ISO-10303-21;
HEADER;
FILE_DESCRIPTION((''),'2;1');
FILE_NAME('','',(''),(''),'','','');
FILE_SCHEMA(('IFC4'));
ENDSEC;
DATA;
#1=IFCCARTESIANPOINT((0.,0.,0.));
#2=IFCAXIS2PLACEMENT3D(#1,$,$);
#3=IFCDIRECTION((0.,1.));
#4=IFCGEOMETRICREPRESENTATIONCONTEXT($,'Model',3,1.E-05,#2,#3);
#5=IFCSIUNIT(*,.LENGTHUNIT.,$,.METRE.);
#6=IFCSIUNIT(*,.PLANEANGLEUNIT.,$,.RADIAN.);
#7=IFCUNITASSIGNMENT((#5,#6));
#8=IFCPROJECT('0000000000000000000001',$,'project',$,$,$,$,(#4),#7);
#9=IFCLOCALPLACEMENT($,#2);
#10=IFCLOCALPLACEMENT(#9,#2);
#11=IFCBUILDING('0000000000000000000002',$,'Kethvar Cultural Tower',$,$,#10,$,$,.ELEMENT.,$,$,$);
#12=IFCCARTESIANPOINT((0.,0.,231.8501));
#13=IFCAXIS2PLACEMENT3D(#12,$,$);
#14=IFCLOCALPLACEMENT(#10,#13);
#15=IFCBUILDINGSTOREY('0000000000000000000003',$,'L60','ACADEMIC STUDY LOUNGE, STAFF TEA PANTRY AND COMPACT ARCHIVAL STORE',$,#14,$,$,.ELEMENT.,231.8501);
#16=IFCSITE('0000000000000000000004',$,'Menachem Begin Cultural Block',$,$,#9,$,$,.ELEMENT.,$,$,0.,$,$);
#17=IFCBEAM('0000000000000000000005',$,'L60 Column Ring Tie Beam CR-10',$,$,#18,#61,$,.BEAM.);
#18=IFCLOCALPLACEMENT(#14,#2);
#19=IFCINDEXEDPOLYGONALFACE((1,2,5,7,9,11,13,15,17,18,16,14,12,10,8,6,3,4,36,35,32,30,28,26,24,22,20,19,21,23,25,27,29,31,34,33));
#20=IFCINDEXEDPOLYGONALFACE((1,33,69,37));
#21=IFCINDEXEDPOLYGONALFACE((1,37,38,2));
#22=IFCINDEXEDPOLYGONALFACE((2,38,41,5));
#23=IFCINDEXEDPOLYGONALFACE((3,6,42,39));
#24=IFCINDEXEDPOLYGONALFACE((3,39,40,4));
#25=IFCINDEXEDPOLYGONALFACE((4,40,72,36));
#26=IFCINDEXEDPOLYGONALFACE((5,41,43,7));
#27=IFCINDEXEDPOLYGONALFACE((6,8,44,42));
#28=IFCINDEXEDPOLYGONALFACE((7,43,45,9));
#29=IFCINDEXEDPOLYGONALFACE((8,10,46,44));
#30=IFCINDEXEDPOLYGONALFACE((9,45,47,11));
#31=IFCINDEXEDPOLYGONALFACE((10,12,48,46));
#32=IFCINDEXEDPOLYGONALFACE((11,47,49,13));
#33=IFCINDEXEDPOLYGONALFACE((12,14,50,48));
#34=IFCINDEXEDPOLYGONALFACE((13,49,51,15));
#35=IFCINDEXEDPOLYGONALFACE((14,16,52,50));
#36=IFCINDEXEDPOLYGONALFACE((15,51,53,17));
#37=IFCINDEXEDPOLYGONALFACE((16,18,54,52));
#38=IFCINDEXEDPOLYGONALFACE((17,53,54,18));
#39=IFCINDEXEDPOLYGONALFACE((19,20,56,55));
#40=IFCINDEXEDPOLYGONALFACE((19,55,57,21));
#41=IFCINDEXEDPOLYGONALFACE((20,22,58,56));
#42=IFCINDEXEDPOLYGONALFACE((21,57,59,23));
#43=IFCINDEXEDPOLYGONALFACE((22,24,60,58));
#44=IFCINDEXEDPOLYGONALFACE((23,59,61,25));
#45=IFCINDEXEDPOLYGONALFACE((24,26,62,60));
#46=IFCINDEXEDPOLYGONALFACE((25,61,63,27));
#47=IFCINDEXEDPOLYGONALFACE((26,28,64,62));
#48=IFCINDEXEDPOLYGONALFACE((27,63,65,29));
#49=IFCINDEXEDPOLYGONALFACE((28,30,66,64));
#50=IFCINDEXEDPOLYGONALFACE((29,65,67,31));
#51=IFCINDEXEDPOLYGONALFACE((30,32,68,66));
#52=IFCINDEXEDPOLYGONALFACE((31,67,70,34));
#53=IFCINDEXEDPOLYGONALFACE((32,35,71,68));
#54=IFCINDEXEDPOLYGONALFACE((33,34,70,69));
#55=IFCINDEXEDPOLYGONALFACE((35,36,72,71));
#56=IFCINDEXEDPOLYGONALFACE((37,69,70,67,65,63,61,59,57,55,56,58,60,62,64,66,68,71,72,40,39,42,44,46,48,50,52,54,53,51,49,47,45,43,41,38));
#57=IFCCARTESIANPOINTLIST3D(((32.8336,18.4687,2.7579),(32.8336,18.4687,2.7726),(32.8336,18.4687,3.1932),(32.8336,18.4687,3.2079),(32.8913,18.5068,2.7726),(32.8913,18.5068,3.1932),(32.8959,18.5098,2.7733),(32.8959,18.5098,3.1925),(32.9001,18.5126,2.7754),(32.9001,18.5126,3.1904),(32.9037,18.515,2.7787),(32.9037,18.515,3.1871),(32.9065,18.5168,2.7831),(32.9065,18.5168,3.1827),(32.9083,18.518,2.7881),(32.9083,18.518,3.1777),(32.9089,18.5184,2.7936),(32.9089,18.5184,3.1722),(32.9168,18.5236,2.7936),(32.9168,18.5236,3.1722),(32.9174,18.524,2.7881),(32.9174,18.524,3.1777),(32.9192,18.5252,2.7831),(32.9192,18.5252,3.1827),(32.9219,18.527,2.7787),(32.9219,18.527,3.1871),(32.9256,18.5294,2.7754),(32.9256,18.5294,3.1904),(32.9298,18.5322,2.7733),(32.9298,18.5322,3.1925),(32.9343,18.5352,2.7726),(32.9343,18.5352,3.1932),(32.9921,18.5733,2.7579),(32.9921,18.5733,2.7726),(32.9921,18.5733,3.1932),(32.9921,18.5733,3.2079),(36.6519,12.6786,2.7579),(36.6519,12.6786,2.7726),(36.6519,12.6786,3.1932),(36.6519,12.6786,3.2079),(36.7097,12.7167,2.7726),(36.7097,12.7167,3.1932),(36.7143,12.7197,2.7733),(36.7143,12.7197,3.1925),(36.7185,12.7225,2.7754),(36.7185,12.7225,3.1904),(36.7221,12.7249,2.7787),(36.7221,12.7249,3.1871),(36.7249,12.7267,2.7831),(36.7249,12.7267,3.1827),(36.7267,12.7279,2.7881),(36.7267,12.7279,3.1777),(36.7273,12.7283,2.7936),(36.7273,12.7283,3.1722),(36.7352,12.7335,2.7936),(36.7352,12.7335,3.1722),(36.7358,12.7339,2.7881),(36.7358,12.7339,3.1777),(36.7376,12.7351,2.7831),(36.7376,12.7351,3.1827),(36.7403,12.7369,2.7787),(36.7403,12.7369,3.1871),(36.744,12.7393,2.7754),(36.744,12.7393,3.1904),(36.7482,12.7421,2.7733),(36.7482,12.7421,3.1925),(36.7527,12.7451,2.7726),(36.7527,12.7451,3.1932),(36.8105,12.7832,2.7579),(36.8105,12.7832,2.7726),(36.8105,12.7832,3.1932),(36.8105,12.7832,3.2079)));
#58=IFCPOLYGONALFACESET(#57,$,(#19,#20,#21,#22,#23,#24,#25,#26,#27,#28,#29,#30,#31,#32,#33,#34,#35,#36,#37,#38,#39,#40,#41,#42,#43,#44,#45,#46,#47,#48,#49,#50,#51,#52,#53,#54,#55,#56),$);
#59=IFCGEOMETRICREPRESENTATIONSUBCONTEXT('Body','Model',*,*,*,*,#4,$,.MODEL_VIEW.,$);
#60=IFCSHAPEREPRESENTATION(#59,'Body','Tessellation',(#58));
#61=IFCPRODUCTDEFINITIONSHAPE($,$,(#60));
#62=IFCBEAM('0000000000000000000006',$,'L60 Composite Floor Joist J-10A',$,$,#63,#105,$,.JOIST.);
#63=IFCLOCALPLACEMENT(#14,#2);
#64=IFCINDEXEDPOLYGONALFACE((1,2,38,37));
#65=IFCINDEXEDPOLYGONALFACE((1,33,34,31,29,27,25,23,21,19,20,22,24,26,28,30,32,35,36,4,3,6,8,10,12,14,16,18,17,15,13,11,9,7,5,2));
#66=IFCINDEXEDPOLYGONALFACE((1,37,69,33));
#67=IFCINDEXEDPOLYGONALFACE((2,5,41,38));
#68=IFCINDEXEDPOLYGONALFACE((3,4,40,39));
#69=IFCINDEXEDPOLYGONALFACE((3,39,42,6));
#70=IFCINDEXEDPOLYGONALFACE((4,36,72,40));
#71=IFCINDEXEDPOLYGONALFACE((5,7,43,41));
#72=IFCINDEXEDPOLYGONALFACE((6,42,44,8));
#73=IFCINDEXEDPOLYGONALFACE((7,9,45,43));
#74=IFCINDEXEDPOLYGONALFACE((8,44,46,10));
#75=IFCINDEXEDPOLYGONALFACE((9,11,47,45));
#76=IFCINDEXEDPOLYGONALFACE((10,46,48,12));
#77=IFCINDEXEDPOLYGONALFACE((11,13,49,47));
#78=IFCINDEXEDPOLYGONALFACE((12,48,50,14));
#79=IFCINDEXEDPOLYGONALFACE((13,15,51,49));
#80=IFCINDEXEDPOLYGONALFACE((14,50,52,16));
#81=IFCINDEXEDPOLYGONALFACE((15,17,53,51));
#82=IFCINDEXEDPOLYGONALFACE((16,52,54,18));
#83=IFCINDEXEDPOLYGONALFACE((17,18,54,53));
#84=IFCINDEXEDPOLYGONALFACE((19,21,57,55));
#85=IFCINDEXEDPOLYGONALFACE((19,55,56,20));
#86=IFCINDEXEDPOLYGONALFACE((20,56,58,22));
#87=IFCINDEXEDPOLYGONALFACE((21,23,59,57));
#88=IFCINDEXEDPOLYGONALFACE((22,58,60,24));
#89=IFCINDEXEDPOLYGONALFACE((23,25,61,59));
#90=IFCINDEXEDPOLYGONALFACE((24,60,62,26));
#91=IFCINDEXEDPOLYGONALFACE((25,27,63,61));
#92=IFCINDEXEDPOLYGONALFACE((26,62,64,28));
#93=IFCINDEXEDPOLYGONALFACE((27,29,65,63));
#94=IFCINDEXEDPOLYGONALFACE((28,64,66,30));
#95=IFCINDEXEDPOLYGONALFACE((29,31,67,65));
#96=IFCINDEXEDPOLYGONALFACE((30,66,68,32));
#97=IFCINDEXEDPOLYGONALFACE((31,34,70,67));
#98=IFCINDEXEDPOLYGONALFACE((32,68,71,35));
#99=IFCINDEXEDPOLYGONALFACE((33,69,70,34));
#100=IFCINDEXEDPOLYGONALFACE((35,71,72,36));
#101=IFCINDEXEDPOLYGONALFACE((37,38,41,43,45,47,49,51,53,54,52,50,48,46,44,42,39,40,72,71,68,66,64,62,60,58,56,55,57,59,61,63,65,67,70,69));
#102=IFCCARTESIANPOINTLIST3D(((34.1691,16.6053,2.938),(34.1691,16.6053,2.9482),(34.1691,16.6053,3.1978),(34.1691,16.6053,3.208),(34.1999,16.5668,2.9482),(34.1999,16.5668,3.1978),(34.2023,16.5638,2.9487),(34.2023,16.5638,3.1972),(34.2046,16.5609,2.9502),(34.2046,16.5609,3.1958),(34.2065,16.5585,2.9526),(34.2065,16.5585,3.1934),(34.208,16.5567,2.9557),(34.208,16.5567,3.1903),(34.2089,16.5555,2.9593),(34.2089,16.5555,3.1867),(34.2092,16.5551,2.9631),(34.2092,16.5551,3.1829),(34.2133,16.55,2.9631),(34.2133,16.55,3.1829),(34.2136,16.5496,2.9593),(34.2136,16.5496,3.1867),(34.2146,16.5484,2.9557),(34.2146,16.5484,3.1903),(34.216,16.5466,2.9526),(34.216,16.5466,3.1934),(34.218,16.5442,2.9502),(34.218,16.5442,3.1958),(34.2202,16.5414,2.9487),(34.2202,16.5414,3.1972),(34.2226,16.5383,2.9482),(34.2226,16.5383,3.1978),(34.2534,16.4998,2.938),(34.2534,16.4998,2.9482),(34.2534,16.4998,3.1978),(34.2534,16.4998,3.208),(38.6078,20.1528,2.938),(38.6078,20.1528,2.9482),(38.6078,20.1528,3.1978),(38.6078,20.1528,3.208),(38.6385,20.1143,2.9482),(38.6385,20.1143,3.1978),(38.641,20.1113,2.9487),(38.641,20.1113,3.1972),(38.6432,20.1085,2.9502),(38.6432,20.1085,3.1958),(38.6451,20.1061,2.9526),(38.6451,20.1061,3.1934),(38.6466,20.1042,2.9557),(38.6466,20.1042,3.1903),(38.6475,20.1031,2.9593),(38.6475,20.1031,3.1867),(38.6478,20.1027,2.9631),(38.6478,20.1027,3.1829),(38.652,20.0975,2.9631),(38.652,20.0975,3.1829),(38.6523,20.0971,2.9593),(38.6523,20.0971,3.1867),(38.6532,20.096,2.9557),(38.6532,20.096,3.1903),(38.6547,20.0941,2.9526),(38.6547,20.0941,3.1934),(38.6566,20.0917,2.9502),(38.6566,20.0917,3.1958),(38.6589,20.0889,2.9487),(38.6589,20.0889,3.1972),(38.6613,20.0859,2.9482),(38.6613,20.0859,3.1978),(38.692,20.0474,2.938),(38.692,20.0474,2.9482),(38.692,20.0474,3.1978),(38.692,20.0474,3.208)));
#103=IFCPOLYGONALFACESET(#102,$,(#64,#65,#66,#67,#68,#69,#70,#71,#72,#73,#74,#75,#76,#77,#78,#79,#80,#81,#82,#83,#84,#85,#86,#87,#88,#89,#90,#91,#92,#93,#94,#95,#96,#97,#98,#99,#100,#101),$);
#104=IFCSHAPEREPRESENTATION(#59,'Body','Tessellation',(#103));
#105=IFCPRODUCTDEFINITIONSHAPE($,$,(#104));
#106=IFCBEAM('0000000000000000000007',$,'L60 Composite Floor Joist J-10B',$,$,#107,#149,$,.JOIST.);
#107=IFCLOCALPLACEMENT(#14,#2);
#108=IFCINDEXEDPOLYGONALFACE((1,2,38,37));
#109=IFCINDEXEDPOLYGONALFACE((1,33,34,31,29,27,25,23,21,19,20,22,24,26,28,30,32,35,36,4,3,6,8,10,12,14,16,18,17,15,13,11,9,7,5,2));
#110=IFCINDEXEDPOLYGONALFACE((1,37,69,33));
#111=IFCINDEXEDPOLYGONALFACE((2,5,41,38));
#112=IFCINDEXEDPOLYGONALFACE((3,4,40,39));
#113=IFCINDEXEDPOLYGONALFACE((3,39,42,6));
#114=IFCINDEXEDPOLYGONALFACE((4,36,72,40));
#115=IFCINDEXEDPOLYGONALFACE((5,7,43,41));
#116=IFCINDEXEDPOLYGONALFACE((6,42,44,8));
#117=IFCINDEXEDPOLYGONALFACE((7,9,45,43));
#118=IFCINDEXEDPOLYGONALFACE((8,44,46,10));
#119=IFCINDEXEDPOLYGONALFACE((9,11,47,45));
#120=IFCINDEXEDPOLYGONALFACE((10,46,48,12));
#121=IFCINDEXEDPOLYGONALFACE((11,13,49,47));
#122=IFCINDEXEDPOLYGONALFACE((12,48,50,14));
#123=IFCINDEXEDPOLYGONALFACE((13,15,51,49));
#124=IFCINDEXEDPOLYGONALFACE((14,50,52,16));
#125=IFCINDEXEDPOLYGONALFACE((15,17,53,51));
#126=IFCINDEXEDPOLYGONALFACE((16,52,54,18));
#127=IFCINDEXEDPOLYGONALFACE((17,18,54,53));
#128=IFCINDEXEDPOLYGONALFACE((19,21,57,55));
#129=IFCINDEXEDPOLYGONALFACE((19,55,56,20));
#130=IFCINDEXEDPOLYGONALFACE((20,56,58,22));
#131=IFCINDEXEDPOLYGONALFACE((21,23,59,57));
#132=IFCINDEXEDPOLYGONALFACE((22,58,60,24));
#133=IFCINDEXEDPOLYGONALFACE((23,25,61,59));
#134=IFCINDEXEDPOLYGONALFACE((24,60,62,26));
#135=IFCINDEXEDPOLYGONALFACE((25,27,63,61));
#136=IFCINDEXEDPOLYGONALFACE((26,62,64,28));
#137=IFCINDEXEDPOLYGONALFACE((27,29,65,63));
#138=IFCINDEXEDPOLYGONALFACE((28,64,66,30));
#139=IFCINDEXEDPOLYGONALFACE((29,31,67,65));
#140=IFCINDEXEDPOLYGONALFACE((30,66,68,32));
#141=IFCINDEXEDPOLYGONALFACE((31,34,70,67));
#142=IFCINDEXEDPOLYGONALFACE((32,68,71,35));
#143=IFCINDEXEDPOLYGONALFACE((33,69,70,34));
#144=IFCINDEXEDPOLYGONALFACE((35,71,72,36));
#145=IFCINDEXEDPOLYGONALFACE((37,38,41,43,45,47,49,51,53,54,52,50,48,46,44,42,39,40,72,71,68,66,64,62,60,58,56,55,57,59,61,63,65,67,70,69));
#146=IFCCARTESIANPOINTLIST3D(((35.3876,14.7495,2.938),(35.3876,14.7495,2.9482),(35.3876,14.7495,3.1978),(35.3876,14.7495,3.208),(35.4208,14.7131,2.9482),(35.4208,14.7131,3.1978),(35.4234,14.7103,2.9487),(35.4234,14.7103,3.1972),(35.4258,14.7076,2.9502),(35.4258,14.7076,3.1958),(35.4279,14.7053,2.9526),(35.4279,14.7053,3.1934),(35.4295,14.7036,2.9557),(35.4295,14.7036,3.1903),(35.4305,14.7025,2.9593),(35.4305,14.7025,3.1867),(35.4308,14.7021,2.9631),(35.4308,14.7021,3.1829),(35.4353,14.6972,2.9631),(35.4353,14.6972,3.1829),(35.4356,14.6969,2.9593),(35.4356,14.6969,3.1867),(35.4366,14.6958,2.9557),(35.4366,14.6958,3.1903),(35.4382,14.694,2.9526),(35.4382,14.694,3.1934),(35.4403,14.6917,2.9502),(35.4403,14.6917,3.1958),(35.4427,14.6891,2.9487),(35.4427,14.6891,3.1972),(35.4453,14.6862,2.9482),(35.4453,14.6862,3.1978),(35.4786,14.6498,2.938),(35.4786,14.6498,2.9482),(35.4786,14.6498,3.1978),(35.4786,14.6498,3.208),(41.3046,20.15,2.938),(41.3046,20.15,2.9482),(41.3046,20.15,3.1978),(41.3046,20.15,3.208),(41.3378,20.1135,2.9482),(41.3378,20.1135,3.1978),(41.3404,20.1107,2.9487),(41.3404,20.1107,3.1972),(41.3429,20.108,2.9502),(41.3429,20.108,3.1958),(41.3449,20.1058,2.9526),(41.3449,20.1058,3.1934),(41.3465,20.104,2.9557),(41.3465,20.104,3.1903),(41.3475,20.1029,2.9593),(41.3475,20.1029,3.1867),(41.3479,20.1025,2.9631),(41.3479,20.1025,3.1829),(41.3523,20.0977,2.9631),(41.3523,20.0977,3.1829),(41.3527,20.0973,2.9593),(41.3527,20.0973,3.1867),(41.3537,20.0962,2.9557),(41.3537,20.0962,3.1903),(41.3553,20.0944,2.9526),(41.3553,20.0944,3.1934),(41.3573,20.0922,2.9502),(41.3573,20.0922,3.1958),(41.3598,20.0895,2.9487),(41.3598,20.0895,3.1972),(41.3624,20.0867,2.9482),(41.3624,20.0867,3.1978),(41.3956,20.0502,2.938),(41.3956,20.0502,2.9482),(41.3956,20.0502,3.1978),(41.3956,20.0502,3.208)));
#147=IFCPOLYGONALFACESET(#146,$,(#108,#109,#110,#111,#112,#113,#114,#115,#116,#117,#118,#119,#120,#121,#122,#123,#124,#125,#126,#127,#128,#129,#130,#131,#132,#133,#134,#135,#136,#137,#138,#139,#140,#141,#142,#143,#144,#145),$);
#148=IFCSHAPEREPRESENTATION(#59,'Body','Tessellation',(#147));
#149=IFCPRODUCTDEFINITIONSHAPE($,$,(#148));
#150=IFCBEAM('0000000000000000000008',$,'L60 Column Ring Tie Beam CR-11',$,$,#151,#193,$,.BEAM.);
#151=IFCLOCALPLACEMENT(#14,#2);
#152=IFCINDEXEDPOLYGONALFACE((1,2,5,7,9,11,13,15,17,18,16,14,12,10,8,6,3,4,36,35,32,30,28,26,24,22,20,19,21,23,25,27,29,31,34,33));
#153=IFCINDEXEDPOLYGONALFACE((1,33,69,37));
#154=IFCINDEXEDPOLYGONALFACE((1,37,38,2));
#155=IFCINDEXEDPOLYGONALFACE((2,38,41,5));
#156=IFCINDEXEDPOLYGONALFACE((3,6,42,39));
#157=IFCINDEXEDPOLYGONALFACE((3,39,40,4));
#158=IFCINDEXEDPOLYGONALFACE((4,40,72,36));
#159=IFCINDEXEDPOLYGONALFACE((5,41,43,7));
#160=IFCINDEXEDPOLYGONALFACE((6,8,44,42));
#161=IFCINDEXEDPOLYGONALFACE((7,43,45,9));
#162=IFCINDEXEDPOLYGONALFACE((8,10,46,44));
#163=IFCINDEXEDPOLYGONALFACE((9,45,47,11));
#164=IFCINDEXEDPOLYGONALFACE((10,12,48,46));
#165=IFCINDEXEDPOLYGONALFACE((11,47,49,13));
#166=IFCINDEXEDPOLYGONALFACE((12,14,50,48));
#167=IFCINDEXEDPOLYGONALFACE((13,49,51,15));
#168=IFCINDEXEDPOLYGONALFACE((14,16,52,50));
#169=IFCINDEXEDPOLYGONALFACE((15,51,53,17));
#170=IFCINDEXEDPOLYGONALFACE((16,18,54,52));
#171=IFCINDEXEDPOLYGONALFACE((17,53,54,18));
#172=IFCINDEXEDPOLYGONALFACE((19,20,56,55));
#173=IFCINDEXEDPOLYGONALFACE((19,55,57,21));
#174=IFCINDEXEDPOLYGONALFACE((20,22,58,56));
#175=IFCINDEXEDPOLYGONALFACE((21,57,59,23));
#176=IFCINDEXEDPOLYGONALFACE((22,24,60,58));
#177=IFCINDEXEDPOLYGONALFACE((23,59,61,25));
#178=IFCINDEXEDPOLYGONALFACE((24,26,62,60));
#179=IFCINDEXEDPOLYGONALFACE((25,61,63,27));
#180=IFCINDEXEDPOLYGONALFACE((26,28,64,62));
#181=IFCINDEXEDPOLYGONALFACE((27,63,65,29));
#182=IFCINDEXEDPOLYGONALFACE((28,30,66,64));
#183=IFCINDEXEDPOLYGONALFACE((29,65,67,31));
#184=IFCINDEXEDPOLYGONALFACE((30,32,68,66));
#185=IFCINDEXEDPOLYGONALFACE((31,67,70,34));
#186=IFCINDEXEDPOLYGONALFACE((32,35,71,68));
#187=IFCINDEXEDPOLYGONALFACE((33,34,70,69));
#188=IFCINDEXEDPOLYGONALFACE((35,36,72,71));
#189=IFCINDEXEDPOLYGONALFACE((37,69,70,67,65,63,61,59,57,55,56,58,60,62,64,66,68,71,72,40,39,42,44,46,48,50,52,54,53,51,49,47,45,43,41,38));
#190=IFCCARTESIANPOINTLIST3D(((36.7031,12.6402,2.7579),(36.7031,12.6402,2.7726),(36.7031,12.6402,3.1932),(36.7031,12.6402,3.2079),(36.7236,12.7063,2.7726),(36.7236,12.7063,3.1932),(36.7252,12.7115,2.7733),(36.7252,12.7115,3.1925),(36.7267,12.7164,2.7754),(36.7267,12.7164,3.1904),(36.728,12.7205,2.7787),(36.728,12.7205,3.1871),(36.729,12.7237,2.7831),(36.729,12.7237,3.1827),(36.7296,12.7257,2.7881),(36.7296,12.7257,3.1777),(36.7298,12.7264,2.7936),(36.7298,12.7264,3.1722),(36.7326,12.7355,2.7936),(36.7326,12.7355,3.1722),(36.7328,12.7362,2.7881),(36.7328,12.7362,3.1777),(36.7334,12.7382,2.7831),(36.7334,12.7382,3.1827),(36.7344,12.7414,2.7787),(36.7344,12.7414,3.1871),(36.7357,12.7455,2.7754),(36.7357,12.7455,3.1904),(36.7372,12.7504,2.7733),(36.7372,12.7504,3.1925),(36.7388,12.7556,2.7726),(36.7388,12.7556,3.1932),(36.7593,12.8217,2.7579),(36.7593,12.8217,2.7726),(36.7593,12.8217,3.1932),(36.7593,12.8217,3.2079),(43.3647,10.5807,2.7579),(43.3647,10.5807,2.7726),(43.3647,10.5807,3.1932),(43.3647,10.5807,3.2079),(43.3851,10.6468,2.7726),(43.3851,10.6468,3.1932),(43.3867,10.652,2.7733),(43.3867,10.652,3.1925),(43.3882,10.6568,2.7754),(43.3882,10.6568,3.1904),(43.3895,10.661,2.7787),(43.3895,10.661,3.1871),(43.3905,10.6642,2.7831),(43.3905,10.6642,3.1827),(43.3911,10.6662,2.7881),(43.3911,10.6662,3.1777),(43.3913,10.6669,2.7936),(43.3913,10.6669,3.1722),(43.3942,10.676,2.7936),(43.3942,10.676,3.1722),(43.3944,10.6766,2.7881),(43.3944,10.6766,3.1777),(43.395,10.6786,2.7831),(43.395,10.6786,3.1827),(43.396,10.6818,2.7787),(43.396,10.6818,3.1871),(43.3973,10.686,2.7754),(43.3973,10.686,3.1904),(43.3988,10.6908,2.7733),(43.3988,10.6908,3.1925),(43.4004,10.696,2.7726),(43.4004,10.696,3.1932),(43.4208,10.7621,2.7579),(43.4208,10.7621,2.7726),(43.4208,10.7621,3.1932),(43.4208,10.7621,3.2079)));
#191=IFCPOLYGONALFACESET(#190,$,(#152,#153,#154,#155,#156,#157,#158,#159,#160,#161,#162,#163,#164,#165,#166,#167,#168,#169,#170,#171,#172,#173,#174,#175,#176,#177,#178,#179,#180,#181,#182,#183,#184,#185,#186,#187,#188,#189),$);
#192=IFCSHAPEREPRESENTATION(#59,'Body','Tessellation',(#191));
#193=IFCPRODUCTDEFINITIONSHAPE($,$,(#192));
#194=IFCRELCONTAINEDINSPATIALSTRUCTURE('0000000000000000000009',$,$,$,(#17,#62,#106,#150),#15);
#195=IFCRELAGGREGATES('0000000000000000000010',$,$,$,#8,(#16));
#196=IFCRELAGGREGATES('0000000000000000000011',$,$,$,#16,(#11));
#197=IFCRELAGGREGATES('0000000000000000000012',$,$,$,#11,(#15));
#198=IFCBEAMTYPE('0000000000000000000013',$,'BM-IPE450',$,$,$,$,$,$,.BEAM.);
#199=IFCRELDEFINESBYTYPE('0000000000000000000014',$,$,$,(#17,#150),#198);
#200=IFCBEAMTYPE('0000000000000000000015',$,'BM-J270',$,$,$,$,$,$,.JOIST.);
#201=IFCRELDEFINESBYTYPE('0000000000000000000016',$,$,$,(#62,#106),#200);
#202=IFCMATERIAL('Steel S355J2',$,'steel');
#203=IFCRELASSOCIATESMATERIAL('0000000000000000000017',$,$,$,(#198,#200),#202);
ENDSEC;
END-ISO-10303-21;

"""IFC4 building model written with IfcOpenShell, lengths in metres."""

from ifc_helpers import new_model, si_unit, direction, frame, origin, origin_2d, place, context, subcontext, project, spatial, i_section, extrude, source, transform, mapped, material, material_profile, profile_set, type_object, element, save


model = new_model("IFC4")

# Units and contexts
model_context = context("Model", 3, precision=1e-05, world=origin(), true_north=direction((0.0, 1.0)))
body_context = subcontext(model_context, "Body", "Model", "MODEL_VIEW")
ifc_project = project(units=[si_unit("LENGTHUNIT", "METRE"), si_unit("PLANEANGLEUNIT", "RADIAN")], contexts=[model_context])

# Site, building, storey
site_placement = place(None, origin())
site = spatial("IfcSite", under=ifc_project, at=site_placement, Name="Menachem Begin Cultural Block", CompositionType="ELEMENT", RefElevation=0.0)
building_placement = place(site_placement, origin())
building = spatial("IfcBuilding", under=site, at=building_placement, Name="Kethvar Cultural Tower", CompositionType="ELEMENT")
storey_placement = place(building_placement, frame((0.0, 0.0, 231.8501)))
storey = spatial("IfcBuildingStorey", under=building, at=storey_placement, Name="L60", Description="ACADEMIC STUDY LOUNGE, STAFF TEA PANTRY AND COMPACT ARCHIVAL STORE", CompositionType="ELEMENT", Elevation=231.8501)

# Beams
ifc_material_1 = material(Name="Steel S355J2", Category="steel")
ifc_material_profile_1 = material_profile(ifc_material_1, i_section(OverallWidth=0.1899, OverallDepth=0.45, WebThickness=0.0095, FlangeThickness=0.0146, FilletRadius=0.021, at=origin_2d()), Name="Steel S355J2 — IPE450")
ifc_profile_set_1 = profile_set([ifc_material_profile_1], Name="Steel S355J2 — IPE450")
beam_type_1 = type_object("IfcBeamType", Name="BM-IPE450", PredefinedType="BEAM", material=ifc_profile_set_1)
ifc_material_profile_2 = material_profile(ifc_material_1, i_section(OverallWidth=0.135, OverallDepth=0.27, WebThickness=0.0066, FlangeThickness=0.0103, FilletRadius=0.0149, at=origin_2d()), Name="Steel S355J2 — IPE270")
ifc_profile_set_2 = profile_set([ifc_material_profile_2], Name="Steel S355J2 — IPE270")
beam_type_2 = type_object("IfcBeamType", Name="BM-J270", PredefinedType="JOIST", material=ifc_profile_set_2)
shared_shape_1 = source(origin(), body_context, "Body", "SweptSolid", [
    extrude(i_section(OverallWidth=0.1899, OverallDepth=0.45, WebThickness=0.0095, FlangeThickness=0.0146, FilletRadius=0.021, at=origin_2d()), origin(), (0.0, 0.0, 1.0), 6.9358),
])
beam_1_placement = place(storey_placement, frame((32.9128, 18.521, 2.9829), z_axis=(0.550534, -0.834813, 0.0), x_axis=(0.834813, 0.550534, 0.0)))
element("IfcBeam", 1, at=beam_1_placement, inside=storey, type_object=beam_type_1, Name="L60 Column Ring Tie Beam CR-10", PredefinedType="BEAM", context=body_context, shape_type="MappedRepresentation", body=[
    mapped(shared_shape_1, transform((0.0, 0.0, 0.0), scale=1.0)),
])
shared_shape_2 = source(origin(), body_context, "Body", "SweptSolid", [
    extrude(i_section(OverallWidth=0.135, OverallDepth=0.27, WebThickness=0.0066, FlangeThickness=0.0103, FilletRadius=0.0149, at=origin_2d()), origin(), (0.0, 0.0, 1.0), 5.6821),
])
beam_2_placement = place(storey_placement, frame((38.6499, 20.1001, 3.073), z_axis=(-0.781158, -0.624333, 0.0), x_axis=(0.624333, -0.781158, 0.0)))
element("IfcBeam", 2, at=beam_2_placement, inside=storey, type_object=beam_type_2, Name="L60 Composite Floor Joist J-10A", PredefinedType="JOIST", context=body_context, shape_type="MappedRepresentation", body=[
    mapped(shared_shape_2, transform((0.0, 0.0, 0.0), scale=1.0)),
])
shared_shape_3 = source(origin(), body_context, "Body", "SweptSolid", [
    extrude(i_section(OverallWidth=0.135, OverallDepth=0.27, WebThickness=0.0066, FlangeThickness=0.0103, FilletRadius=0.0149, at=origin_2d()), origin(), (0.0, 0.0, 1.0), 8.011),
])
beam_3_placement = place(storey_placement, frame((41.3501, 20.1001, 3.073), z_axis=(-0.738615, -0.674128, 0.0), x_axis=(0.674128, -0.738615, 0.0)))
element("IfcBeam", 3, at=beam_3_placement, inside=storey, type_object=beam_type_2, Name="L60 Composite Floor Joist J-10B", PredefinedType="JOIST", context=body_context, shape_type="MappedRepresentation", body=[
    mapped(shared_shape_3, transform((0.0, 0.0, 0.0), scale=1.0)),
])
shared_shape_4 = source(origin(), body_context, "Body", "SweptSolid", [
    extrude(i_section(OverallWidth=0.1899, OverallDepth=0.45, WebThickness=0.0095, FlangeThickness=0.0146, FilletRadius=0.021, at=origin_2d()), origin(), (0.0, 0.0, 1.0), 6.9727),
])
beam_4_placement = place(storey_placement, frame((36.7312, 12.731, 2.9829), z_axis=(0.955381, -0.295375, 0.0), x_axis=(0.295375, 0.955381, 0.0)))
element("IfcBeam", 4, at=beam_4_placement, inside=storey, type_object=beam_type_1, Name="L60 Column Ring Tie Beam CR-11", PredefinedType="BEAM", context=body_context, shape_type="MappedRepresentation", body=[
    mapped(shared_shape_4, transform((0.0, 0.0, 0.0), scale=1.0)),
])

save(model, "model.ifc")
